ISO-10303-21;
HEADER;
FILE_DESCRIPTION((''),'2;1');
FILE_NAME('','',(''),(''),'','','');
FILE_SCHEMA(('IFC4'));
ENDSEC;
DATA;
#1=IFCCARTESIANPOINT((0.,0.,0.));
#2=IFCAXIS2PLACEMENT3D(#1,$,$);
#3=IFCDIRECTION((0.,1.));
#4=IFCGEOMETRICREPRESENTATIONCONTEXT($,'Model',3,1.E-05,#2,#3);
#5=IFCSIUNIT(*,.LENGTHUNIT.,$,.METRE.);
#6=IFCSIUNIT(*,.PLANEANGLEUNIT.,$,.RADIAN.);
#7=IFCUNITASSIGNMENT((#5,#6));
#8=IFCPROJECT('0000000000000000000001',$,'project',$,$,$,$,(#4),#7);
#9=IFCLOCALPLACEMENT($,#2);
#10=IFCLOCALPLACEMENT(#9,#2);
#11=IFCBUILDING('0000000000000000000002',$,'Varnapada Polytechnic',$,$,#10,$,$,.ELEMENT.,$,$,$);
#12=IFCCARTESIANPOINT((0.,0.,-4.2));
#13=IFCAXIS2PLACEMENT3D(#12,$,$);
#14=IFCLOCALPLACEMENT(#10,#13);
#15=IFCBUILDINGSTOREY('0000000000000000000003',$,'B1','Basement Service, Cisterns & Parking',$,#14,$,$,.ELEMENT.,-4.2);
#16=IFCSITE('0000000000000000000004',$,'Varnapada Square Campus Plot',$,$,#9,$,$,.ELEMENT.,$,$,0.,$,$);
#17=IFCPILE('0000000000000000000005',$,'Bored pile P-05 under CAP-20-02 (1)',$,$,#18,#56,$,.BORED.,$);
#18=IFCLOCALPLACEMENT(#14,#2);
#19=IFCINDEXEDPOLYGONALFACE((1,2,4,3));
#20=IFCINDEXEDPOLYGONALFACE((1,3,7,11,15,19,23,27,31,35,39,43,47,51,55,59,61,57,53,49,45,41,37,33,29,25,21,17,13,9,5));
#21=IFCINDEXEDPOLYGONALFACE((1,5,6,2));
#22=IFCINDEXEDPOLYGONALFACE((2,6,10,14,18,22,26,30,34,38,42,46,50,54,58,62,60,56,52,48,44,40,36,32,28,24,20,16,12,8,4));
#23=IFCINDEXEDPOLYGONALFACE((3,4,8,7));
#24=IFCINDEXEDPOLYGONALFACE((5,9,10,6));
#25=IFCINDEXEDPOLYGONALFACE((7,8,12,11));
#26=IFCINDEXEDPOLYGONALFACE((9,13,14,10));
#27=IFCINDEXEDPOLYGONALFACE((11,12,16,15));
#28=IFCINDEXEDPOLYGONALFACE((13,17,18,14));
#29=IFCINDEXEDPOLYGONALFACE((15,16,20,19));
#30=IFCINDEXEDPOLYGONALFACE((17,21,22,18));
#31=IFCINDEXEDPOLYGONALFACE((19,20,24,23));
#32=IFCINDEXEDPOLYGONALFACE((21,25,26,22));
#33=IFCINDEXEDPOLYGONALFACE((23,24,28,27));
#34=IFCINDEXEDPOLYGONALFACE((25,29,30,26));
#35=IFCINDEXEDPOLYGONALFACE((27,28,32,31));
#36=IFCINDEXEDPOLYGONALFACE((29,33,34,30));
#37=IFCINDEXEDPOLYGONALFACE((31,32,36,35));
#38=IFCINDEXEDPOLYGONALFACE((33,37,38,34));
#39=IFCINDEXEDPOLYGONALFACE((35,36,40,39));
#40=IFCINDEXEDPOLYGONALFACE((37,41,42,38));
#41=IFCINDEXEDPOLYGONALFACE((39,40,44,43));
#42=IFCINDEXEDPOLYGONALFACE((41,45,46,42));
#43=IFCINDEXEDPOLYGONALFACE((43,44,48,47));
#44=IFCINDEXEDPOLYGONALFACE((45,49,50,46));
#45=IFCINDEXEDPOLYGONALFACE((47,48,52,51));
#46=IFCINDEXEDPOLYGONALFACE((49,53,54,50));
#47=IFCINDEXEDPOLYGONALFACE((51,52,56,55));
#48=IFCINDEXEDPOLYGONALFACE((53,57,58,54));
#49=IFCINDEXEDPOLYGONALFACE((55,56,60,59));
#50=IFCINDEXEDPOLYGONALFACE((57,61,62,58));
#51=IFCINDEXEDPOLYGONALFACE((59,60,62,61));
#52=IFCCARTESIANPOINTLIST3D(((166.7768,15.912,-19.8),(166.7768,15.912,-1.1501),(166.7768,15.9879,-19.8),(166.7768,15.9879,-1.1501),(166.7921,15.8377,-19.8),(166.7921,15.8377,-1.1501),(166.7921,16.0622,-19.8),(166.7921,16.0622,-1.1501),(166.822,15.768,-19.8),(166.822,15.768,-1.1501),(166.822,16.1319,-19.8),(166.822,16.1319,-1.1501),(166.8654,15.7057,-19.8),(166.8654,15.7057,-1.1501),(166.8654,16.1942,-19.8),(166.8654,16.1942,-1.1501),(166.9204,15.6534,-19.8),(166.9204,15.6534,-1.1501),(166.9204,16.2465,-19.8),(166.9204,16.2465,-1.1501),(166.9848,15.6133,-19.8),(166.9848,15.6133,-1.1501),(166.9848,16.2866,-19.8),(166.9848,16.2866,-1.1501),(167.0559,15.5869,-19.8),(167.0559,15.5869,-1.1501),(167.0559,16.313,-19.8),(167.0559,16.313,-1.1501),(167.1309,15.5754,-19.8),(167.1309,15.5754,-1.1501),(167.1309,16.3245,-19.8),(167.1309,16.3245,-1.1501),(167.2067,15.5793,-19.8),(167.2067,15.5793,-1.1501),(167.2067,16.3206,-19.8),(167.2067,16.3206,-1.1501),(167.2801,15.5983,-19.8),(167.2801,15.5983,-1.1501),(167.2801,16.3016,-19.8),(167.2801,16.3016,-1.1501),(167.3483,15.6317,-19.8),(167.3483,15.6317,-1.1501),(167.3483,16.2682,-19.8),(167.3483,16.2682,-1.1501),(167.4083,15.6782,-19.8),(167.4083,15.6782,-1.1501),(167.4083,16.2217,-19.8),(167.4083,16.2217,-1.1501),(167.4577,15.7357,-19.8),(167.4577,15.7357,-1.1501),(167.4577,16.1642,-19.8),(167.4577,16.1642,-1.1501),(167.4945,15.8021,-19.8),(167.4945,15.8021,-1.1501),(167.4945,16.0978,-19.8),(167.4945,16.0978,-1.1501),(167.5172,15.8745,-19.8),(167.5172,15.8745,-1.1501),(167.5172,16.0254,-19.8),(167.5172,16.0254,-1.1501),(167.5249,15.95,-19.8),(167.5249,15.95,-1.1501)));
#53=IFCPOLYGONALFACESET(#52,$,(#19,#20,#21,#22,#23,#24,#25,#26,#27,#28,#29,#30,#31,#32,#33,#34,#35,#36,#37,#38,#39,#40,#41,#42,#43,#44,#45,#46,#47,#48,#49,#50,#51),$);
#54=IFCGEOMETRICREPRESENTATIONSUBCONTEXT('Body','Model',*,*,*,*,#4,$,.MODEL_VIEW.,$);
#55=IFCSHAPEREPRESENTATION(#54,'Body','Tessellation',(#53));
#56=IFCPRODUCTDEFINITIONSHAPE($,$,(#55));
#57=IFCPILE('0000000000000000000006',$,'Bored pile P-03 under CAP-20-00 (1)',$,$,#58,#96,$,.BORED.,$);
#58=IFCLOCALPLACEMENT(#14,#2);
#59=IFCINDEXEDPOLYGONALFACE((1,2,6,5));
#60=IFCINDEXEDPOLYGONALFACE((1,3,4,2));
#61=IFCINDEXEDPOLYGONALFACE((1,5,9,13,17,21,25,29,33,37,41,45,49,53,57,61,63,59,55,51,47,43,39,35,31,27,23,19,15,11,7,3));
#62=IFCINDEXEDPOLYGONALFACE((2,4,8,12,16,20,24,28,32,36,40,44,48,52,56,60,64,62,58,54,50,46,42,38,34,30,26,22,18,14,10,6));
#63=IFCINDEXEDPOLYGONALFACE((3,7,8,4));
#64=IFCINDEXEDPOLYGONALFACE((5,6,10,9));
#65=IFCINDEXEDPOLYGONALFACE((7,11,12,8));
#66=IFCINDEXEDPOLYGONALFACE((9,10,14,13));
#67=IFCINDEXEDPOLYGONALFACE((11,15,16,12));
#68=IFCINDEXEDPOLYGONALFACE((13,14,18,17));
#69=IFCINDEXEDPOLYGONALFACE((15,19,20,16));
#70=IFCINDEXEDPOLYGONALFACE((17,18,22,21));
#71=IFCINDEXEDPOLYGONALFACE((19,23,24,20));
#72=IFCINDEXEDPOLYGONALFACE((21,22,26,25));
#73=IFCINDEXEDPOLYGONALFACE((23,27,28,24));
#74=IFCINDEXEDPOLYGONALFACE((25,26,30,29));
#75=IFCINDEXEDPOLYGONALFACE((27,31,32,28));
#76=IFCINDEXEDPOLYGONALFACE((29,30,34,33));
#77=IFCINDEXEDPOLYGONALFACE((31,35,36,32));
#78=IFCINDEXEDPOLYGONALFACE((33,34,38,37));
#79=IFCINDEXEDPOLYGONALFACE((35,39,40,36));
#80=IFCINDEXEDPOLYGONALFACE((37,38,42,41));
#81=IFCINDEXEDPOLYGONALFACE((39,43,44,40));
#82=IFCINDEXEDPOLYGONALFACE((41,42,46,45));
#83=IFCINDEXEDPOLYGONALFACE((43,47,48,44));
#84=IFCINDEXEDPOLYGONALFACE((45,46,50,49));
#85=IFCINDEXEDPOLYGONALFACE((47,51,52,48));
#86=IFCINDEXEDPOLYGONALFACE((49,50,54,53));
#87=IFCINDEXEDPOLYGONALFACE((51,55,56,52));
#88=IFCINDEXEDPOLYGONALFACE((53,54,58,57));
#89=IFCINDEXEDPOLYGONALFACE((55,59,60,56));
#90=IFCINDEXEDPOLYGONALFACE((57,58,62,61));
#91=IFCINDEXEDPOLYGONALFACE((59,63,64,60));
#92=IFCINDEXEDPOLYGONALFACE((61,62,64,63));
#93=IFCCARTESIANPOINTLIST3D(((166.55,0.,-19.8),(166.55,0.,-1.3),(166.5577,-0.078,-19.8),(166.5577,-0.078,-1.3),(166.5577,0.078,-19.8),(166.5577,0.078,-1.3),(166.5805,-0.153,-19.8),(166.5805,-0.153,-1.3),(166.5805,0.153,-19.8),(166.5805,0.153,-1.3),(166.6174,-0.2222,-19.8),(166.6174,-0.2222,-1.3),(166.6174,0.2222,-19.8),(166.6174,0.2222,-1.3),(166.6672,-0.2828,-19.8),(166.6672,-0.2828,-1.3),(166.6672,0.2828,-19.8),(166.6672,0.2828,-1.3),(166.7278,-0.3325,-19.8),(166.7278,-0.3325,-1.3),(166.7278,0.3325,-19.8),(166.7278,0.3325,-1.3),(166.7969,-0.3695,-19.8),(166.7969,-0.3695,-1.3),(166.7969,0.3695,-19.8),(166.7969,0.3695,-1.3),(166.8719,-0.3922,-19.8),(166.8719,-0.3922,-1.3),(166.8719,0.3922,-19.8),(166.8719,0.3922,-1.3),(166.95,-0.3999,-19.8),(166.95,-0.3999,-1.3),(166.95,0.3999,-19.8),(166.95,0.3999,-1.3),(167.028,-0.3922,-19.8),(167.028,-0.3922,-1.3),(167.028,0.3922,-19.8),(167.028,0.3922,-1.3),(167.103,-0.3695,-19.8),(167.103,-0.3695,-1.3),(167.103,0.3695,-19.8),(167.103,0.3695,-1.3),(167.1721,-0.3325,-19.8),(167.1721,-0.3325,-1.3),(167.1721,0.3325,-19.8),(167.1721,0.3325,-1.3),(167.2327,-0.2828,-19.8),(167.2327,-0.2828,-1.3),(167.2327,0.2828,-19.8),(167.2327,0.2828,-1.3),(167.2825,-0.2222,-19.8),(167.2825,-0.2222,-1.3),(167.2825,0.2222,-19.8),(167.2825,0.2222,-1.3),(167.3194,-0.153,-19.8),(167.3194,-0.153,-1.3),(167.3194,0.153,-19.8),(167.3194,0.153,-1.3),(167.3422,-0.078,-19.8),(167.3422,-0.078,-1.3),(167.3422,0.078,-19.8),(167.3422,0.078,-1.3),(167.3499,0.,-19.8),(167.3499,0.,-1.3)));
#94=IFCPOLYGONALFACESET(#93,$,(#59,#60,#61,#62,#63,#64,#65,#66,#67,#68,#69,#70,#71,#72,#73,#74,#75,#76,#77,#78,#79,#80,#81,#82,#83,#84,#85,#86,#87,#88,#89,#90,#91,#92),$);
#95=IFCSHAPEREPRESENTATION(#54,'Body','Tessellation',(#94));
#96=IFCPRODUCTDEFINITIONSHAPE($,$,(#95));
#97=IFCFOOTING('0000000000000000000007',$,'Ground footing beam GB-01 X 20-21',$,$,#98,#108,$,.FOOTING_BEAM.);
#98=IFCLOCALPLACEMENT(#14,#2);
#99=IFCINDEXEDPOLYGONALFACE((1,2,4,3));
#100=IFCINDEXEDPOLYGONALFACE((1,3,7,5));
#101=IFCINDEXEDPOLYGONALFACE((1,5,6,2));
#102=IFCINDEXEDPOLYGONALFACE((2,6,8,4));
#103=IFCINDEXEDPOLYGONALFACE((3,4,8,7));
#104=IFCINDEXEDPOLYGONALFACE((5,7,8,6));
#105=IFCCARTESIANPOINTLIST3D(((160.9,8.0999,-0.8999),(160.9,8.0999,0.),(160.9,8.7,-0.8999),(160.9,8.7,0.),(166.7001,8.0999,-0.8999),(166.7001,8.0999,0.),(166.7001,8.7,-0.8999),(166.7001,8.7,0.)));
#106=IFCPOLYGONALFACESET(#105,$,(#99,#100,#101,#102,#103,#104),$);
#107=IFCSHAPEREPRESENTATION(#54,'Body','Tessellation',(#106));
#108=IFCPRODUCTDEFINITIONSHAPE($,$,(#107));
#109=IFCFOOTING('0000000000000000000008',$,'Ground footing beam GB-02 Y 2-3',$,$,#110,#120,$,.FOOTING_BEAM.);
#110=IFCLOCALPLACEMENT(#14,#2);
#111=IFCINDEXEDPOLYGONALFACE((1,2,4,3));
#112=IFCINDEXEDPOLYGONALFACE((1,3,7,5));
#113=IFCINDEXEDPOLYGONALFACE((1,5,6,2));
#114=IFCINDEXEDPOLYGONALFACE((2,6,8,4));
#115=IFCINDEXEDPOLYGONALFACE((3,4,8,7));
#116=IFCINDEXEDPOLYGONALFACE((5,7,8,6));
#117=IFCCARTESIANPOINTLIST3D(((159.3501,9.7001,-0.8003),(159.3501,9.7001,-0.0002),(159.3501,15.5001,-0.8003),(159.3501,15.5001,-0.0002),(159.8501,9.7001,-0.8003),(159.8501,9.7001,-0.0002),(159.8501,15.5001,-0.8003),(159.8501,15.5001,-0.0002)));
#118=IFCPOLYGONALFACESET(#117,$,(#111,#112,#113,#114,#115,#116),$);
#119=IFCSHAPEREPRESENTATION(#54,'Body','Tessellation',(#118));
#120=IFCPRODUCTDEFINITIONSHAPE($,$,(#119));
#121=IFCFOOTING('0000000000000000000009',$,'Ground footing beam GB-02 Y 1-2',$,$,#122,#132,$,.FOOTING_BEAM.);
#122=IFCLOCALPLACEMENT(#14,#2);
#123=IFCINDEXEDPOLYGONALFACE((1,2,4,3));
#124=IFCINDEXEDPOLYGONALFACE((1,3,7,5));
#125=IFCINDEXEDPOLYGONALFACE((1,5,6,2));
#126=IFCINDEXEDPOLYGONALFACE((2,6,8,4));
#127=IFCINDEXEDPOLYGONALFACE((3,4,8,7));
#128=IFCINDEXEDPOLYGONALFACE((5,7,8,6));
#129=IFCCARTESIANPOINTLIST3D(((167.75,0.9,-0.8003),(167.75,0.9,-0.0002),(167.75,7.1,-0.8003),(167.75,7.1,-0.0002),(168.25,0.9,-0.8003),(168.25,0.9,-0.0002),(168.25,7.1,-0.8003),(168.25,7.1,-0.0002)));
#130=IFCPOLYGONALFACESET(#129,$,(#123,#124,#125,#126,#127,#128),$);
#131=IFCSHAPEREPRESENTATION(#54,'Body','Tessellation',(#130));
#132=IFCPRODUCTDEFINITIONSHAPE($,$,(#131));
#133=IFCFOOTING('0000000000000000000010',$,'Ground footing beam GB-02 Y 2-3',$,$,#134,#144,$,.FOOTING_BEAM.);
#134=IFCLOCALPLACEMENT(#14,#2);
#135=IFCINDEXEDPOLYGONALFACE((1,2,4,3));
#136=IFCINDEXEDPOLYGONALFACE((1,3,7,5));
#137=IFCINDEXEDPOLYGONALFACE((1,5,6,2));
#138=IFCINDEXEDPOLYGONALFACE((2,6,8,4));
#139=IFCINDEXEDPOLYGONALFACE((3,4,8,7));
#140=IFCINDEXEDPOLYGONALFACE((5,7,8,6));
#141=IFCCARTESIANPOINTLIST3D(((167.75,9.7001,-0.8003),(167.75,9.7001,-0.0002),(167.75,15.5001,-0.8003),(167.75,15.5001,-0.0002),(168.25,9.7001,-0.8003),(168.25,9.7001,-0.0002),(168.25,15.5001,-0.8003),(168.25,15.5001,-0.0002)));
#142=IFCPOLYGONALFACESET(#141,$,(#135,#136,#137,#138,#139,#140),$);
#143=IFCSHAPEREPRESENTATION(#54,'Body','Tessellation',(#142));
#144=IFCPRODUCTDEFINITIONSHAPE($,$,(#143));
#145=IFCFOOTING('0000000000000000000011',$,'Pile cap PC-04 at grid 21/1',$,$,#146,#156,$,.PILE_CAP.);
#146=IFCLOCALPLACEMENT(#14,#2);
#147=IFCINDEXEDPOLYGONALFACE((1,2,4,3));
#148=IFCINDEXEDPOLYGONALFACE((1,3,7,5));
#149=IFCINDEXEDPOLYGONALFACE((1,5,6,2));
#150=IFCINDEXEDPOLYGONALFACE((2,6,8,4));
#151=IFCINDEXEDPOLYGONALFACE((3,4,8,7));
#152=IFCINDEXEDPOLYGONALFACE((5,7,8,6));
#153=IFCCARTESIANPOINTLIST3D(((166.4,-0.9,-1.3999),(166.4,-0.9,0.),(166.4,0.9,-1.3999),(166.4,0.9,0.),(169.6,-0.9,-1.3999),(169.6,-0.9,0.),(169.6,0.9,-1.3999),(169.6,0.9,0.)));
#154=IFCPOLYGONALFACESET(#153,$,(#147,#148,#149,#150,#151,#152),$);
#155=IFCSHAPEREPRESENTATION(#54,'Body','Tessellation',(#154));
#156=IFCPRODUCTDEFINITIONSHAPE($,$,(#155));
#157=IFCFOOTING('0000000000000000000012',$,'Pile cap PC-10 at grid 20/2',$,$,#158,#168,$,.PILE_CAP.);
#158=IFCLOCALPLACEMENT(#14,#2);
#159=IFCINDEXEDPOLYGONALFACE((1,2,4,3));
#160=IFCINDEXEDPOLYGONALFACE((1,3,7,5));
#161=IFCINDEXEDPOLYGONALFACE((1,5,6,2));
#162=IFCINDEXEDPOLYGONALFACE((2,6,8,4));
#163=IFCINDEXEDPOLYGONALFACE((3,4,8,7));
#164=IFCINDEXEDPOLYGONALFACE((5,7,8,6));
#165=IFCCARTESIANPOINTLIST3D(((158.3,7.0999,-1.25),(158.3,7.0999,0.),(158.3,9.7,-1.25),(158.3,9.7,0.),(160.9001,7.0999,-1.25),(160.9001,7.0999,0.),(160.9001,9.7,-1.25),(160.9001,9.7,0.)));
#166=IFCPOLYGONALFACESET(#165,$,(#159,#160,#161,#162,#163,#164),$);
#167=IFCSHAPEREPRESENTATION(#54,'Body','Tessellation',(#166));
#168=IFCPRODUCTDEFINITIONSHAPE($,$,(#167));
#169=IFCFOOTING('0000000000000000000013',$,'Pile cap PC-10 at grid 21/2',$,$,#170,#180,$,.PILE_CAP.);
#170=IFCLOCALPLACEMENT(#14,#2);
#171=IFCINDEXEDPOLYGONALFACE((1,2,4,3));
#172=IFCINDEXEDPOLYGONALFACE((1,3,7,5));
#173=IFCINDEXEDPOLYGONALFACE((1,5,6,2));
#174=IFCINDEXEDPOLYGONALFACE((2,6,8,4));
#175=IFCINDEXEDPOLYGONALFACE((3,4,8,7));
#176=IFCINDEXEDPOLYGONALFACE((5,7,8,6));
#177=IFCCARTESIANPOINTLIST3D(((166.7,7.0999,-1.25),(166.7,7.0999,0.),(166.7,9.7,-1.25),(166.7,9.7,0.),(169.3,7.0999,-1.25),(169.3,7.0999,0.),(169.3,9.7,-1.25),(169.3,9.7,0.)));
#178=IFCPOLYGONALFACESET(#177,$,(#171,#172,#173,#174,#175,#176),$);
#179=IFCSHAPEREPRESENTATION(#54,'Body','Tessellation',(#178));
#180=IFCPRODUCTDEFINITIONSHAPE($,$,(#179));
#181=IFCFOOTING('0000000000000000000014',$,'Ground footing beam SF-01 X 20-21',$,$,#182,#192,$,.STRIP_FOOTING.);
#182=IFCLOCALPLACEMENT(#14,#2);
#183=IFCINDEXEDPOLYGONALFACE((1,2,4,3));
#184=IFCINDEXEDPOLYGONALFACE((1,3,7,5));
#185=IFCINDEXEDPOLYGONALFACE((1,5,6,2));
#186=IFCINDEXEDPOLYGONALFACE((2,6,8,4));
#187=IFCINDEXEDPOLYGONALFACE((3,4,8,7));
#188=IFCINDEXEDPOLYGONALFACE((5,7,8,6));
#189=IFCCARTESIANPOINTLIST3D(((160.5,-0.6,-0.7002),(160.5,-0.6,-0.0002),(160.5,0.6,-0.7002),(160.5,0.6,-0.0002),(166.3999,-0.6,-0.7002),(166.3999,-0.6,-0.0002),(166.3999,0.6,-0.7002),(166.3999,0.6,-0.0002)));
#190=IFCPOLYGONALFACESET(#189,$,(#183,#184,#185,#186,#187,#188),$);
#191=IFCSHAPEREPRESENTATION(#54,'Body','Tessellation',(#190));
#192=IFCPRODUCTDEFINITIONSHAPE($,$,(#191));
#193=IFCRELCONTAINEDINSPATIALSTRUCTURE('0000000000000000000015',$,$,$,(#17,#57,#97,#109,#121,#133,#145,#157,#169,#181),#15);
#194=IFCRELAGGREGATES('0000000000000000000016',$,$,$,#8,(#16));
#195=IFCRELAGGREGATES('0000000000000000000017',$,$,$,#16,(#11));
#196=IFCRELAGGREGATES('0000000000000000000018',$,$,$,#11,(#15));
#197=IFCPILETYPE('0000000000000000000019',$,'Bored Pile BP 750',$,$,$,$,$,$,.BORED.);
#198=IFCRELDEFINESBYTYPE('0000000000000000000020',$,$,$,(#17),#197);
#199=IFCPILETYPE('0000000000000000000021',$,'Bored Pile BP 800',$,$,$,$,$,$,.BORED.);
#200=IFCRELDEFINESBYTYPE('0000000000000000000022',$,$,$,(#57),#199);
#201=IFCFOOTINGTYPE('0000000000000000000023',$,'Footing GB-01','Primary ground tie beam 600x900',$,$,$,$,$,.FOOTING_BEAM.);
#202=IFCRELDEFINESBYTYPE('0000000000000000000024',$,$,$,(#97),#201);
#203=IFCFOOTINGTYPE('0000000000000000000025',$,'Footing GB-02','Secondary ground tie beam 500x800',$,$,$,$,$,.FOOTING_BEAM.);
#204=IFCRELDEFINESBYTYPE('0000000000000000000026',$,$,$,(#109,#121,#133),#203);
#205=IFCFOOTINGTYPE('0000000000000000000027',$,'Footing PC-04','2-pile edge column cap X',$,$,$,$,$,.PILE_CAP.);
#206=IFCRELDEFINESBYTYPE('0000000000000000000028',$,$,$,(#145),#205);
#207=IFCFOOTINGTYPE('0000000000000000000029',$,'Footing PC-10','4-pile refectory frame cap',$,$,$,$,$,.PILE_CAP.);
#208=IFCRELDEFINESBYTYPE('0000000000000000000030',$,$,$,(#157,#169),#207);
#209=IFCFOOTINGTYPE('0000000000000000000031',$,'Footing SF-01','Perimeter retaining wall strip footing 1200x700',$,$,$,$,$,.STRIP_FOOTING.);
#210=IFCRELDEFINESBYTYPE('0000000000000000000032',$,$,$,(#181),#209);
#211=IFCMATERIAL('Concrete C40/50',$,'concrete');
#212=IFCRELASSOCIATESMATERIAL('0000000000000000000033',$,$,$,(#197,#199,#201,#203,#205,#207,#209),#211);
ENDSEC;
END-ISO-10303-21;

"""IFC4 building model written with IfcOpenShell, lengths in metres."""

from ifc_helpers import new_model, si_unit, direction, frame, origin, origin_2d, place, context, subcontext, project, spatial, rectangle, circle, extrude, material, material_profile, profile_set, type_object, element, save


model = new_model("IFC4")

# Units and contexts
model_context = context("Model", 3, precision=1e-05, world=origin(), true_north=direction((0.0, 1.0)))
body_context = subcontext(model_context, "Body", "Model", "MODEL_VIEW")
ifc_project = project(units=[si_unit("LENGTHUNIT", "METRE"), si_unit("PLANEANGLEUNIT", "RADIAN")], contexts=[model_context])

# Site, building, storey
site_placement = place(None, origin())
site = spatial("IfcSite", under=ifc_project, at=site_placement, Name="Varnapada Square Campus Plot", CompositionType="ELEMENT", RefElevation=0.0)
building_placement = place(site_placement, origin())
building = spatial("IfcBuilding", under=site, at=building_placement, Name="Varnapada Polytechnic", CompositionType="ELEMENT")
storey_placement = place(building_placement, frame((0.0, 0.0, -4.2)))
storey = spatial("IfcBuildingStorey", under=building, at=storey_placement, Name="B1", Description="Basement Service, Cisterns & Parking", CompositionType="ELEMENT", Elevation=-4.2)

# Piles
ifc_material_1 = material(Name="Concrete C40/50", Category="concrete")
ifc_material_profile_1 = material_profile(ifc_material_1, circle(Radius=0.375, at=origin_2d()), Name="BP 750")
ifc_profile_set_1 = profile_set([ifc_material_profile_1], Name="Concrete C40/50")
pile_type_1 = type_object("IfcPileType", Name="Bored Pile BP 750", PredefinedType="BORED", material=ifc_profile_set_1)
for number, where, z_axis, x_axis, name in (
    (1, (167.1499, 15.95, -1.1501), (0.0, 0.0, -1.0), (1.0, 0.0, 0.0), "Bored pile P-05 under CAP-20-02 (1)"),
):
    element("IfcPile", number, at=place(storey_placement, frame(where, z_axis=z_axis, x_axis=x_axis)), inside=storey, type_object=pile_type_1, Name=name, PredefinedType="BORED", context=body_context, shape_type="SweptSolid", body=[
        extrude(circle(Radius=0.375, at=origin_2d()), origin(), (0.0, 0.0, 1.0), 18.6499),
    ])
ifc_material_profile_2 = material_profile(ifc_material_1, circle(Radius=0.3999, at=origin_2d()), Name="BP 800")
ifc_profile_set_2 = profile_set([ifc_material_profile_2], Name="Concrete C40/50")
pile_type_2 = type_object("IfcPileType", Name="Bored Pile BP 800", PredefinedType="BORED", material=ifc_profile_set_2)
pile_placement = place(storey_placement, frame((166.95, 0.0, -1.3), z_axis=(0.0, 0.0, -1.0), x_axis=(1.0, 0.0, 0.0)))
element("IfcPile", 2, at=pile_placement, inside=storey, type_object=pile_type_2, Name="Bored pile P-03 under CAP-20-00 (1)", PredefinedType="BORED", context=body_context, shape_type="SweptSolid", body=[
    extrude(circle(Radius=0.3999, at=origin_2d()), origin(), (0.0, 0.0, 1.0), 18.5),
])

# Footings
footing_type_1 = type_object("IfcFootingType", Name="Footing GB-01", Description="Primary ground tie beam 600x900", PredefinedType="FOOTING_BEAM", material=ifc_material_1)
footing_1_placement = place(storey_placement, frame((163.8, 8.3999, -0.8999), z_axis=(0.0, 0.0, 1.0), x_axis=(1.0, 0.0, 0.0)))
element("IfcFooting", 3, at=footing_1_placement, inside=storey, type_object=footing_type_1, Name="Ground footing beam GB-01 X 20-21", PredefinedType="FOOTING_BEAM", context=body_context, shape_type="SweptSolid", body=[
    extrude(rectangle(XDim=5.8, YDim=0.6001, at=origin_2d()), origin(), (0.0, 0.0, 1.0), 0.8999),
])
footing_type_2 = type_object("IfcFootingType", Name="Footing GB-02", Description="Secondary ground tie beam 500x800", PredefinedType="FOOTING_BEAM", material=ifc_material_1)
footing_2_placement = place(storey_placement, frame((159.6001, 12.6001, -0.8003), z_axis=(0.0, 0.0, 1.0), x_axis=(0.0, 1.0, 0.0)))
element("IfcFooting", 4, at=footing_2_placement, inside=storey, type_object=footing_type_2, Name="Ground footing beam GB-02 Y 2-3", PredefinedType="FOOTING_BEAM", context=body_context, shape_type="SweptSolid", body=[
    extrude(rectangle(XDim=5.8, YDim=0.5, at=origin_2d()), origin(), (0.0, 0.0, 1.0), 0.8),
])
footing_3_placement = place(storey_placement, frame((168.0, 4.0, -0.8003), z_axis=(0.0, 0.0, 1.0), x_axis=(0.0, 1.0, 0.0)))
element("IfcFooting", 5, at=footing_3_placement, inside=storey, type_object=footing_type_2, Name="Ground footing beam GB-02 Y 1-2", PredefinedType="FOOTING_BEAM", context=body_context, shape_type="SweptSolid", body=[
    extrude(rectangle(XDim=6.2, YDim=0.5, at=origin_2d()), origin(), (0.0, 0.0, 1.0), 0.8),
])
footing_4_placement = place(storey_placement, frame((168.0, 12.6001, -0.8003), z_axis=(0.0, 0.0, 1.0), x_axis=(0.0, 1.0, 0.0)))
element("IfcFooting", 6, at=footing_4_placement, inside=storey, type_object=footing_type_2, Name="Ground footing beam GB-02 Y 2-3", PredefinedType="FOOTING_BEAM", context=body_context, shape_type="SweptSolid", body=[
    extrude(rectangle(XDim=5.8, YDim=0.5, at=origin_2d()), origin(), (0.0, 0.0, 1.0), 0.8),
])
footing_type_3 = type_object("IfcFootingType", Name="Footing PC-04", Description="2-pile edge column cap X", PredefinedType="PILE_CAP", material=ifc_material_1)
footing_5_placement = place(storey_placement, frame((168.0, 0.0, -1.3999), z_axis=(0.0, 0.0, 1.0), x_axis=(1.0, 0.0, 0.0)))
element("IfcFooting", 7, at=footing_5_placement, inside=storey, type_object=footing_type_3, Name="Pile cap PC-04 at grid 21/1", PredefinedType="PILE_CAP", context=body_context, shape_type="SweptSolid", body=[
    extrude(rectangle(XDim=3.2, YDim=1.8, at=origin_2d()), origin(), (0.0, 0.0, 1.0), 1.3999),
])
footing_type_4 = type_object("IfcFootingType", Name="Footing PC-10", Description="4-pile refectory frame cap", PredefinedType="PILE_CAP", material=ifc_material_1)
for number, where, z_axis, x_axis, name in (
    (8, (159.6001, 8.3999, -1.25), (0.0, 0.0, 1.0), (1.0, 0.0, 0.0), "Pile cap PC-10 at grid 20/2"),
    (9, (168.0, 8.3999, -1.25), (0.0, 0.0, 1.0), (1.0, 0.0, 0.0), "Pile cap PC-10 at grid 21/2"),
):
    element("IfcFooting", number, at=place(storey_placement, frame(where, z_axis=z_axis, x_axis=x_axis)), inside=storey, type_object=footing_type_4, Name=name, PredefinedType="PILE_CAP", context=body_context, shape_type="SweptSolid", body=[
        extrude(rectangle(XDim=2.6001, YDim=2.6001, at=origin_2d()), origin(), (0.0, 0.0, 1.0), 1.25),
    ])
footing_type_5 = type_object("IfcFootingType", Name="Footing SF-01", Description="Perimeter retaining wall strip footing 1200x700", PredefinedType="STRIP_FOOTING", material=ifc_material_1)
footing_6_placement = place(storey_placement, frame((163.45, 0.0, -0.7002), z_axis=(0.0, 0.0, 1.0), x_axis=(1.0, 0.0, 0.0)))
element("IfcFooting", 10, at=footing_6_placement, inside=storey, type_object=footing_type_5, Name="Ground footing beam SF-01 X 20-21", PredefinedType="STRIP_FOOTING", context=body_context, shape_type="SweptSolid", body=[
    extrude(rectangle(XDim=5.8999, YDim=1.2, at=origin_2d()), origin(), (0.0, 0.0, 1.0), 0.7),
])

save(model, "model.ifc")
